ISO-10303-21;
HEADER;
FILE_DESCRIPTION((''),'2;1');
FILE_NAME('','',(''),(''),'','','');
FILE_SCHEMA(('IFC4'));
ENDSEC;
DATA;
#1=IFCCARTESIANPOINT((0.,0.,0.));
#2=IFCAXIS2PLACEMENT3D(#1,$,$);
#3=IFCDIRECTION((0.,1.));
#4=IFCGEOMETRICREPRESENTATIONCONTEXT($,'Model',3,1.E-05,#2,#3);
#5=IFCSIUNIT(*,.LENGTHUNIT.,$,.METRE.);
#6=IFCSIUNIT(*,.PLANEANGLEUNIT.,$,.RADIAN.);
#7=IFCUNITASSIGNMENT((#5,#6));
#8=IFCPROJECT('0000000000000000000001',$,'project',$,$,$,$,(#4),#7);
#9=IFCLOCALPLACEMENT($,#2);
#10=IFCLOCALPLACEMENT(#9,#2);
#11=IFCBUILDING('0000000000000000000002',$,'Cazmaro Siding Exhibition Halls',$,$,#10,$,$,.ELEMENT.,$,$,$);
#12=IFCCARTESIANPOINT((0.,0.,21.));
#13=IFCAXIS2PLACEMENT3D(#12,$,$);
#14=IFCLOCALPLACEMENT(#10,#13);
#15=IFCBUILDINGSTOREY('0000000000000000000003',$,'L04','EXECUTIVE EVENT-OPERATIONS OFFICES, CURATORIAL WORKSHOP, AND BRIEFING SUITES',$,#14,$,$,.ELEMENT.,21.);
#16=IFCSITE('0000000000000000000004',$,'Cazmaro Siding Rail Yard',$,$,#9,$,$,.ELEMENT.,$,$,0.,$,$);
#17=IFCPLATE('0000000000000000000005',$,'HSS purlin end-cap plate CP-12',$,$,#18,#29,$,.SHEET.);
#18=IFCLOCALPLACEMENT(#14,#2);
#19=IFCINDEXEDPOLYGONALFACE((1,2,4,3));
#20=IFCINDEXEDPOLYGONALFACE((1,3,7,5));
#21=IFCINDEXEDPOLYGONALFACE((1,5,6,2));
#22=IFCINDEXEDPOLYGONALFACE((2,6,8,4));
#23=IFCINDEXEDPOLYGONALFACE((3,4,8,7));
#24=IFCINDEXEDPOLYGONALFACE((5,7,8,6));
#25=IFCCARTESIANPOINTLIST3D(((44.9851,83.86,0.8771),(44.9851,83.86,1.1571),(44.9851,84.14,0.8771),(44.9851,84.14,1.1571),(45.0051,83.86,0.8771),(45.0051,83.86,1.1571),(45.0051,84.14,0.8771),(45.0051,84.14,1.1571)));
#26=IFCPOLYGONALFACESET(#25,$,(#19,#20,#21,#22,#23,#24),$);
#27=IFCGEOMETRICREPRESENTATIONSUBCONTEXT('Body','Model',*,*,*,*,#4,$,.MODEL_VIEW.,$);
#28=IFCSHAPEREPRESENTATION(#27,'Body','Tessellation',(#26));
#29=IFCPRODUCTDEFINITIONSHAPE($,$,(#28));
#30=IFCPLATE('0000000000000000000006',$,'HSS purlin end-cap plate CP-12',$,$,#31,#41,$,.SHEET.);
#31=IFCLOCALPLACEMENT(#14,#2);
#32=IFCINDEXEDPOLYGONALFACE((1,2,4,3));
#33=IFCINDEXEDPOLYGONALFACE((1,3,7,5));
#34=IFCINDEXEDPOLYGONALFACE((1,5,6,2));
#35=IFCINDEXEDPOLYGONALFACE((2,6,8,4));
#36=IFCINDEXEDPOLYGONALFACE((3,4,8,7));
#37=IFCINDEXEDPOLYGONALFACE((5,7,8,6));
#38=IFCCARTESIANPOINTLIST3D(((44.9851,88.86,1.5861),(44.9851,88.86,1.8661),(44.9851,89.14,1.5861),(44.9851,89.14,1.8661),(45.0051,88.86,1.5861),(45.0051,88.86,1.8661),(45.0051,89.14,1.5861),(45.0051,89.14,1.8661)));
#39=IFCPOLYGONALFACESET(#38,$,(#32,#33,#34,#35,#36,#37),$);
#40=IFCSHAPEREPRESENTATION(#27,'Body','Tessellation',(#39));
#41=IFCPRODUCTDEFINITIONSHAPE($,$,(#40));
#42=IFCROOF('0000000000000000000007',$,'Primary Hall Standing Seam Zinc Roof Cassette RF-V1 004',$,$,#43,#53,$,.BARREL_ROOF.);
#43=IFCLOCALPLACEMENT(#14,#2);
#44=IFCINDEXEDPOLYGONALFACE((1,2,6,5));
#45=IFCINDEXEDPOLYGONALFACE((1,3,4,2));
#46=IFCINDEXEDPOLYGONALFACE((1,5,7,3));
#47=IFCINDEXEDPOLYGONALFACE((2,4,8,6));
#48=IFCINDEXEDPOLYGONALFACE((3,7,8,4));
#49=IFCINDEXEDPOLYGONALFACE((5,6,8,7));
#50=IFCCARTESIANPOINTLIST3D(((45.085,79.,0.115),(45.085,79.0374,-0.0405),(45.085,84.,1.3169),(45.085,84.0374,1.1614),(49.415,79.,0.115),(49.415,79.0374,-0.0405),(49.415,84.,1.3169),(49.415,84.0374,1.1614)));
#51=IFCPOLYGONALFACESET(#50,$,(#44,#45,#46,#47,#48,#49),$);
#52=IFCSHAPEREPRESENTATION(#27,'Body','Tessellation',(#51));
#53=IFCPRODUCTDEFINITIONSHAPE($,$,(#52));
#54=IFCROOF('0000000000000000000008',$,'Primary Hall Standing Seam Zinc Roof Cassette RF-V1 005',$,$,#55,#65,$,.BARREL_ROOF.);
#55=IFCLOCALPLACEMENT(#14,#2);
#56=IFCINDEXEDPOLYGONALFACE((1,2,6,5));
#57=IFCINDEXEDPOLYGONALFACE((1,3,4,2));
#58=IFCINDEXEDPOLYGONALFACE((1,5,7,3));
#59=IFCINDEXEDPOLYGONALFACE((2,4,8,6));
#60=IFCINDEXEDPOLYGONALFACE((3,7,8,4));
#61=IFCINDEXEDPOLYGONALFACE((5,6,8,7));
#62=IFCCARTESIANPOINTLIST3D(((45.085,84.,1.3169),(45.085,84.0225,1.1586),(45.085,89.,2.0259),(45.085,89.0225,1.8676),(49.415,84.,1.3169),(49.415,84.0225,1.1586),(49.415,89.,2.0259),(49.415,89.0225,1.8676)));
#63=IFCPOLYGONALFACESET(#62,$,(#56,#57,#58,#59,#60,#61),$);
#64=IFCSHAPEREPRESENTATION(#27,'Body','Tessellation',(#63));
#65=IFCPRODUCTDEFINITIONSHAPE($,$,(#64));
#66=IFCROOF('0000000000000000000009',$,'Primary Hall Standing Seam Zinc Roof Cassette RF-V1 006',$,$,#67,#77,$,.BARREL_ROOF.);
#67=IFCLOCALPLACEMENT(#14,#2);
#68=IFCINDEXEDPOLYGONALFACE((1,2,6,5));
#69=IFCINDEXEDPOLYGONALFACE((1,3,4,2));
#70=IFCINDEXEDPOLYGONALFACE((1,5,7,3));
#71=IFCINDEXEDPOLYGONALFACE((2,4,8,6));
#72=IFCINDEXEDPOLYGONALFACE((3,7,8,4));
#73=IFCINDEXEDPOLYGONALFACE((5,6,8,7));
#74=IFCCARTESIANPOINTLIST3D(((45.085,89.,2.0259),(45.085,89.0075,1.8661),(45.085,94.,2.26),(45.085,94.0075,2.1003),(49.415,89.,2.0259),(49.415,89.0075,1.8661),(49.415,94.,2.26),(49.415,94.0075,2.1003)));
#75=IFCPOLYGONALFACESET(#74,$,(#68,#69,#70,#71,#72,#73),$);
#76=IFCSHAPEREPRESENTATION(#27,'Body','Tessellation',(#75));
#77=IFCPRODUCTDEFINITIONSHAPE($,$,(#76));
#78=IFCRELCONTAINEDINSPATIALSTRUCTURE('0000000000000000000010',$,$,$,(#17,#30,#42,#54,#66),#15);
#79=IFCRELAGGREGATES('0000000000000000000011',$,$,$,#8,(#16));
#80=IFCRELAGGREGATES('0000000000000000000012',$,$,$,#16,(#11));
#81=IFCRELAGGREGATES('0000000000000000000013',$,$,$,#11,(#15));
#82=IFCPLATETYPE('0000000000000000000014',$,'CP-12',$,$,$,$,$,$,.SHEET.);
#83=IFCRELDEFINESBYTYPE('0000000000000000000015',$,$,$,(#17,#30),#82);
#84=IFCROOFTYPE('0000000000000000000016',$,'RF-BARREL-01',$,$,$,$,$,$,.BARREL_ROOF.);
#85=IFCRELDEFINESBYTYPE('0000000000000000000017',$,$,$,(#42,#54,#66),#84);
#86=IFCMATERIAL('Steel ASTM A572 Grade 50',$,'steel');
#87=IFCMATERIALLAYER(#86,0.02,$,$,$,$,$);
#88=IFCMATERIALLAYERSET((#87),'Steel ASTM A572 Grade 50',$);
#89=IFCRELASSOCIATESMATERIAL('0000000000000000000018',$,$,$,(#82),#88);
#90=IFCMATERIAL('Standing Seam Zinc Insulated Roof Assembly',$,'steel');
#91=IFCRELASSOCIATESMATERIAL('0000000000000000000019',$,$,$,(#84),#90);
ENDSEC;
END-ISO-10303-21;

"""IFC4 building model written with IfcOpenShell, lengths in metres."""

from ifc_helpers import new_model, si_unit, direction, frame, origin, origin_2d, place, context, subcontext, project, spatial, polyline, rectangle, outline, extrude, material, layer, layer_set, type_object, element, save


model = new_model("IFC4")

# Units and contexts
model_context = context("Model", 3, precision=1e-05, world=origin(), true_north=direction((0.0, 1.0)))
body_context = subcontext(model_context, "Body", "Model", "MODEL_VIEW")
ifc_project = project(units=[si_unit("LENGTHUNIT", "METRE"), si_unit("PLANEANGLEUNIT", "RADIAN")], contexts=[model_context])

# Site, building, storey
site_placement = place(None, origin())
site = spatial("IfcSite", under=ifc_project, at=site_placement, Name="Cazmaro Siding Rail Yard", CompositionType="ELEMENT", RefElevation=0.0)
building_placement = place(site_placement, origin())
building = spatial("IfcBuilding", under=site, at=building_placement, Name="Cazmaro Siding Exhibition Halls", CompositionType="ELEMENT")
storey_placement = place(building_placement, frame((0.0, 0.0, 21.0)))
storey = spatial("IfcBuildingStorey", under=building, at=storey_placement, Name="L04", Description="EXECUTIVE EVENT-OPERATIONS OFFICES, CURATORIAL WORKSHOP, AND BRIEFING SUITES", CompositionType="ELEMENT", Elevation=21.0)

# Plates
ifc_material_1 = material(Name="Steel ASTM A572 Grade 50", Category="steel")
ifc_layer_1 = layer(ifc_material_1, 0.02)
ifc_layer_set_1 = layer_set([ifc_layer_1], Name="Steel ASTM A572 Grade 50")
plate_type_1 = type_object("IfcPlateType", Name="CP-12", PredefinedType="SHEET", material=ifc_layer_set_1)
for number, where, z_axis, x_axis, name in (
    (1, (44.9851, 84.0, 1.0171), (1.0, 0.0, 0.0), (0.0, 1.0, 0.0), "HSS purlin end-cap plate CP-12"),
    (2, (44.9851, 89.0, 1.7261), (1.0, 0.0, 0.0), (0.0, 1.0, 0.0), "HSS purlin end-cap plate CP-12"),
):
    element("IfcPlate", number, at=place(storey_placement, frame(where, z_axis=z_axis, x_axis=x_axis)), inside=storey, type_object=plate_type_1, Name=name, PredefinedType="SHEET", context=body_context, shape_type="SweptSolid", body=[
        extrude(rectangle(XDim=0.28, YDim=0.28, at=origin_2d()), origin(), (0.0, 0.0, 1.0), 0.02),
    ])

# Roofs
ifc_material_2 = material(Name="Standing Seam Zinc Insulated Roof Assembly", Category="steel")
roof_type = type_object("IfcRoofType", Name="RF-BARREL-01", PredefinedType="BARREL_ROOF", material=ifc_material_2)
roof_1_placement = place(storey_placement, frame((45.085, 79.0, 0.115), z_axis=(0.0, -0.233723, 0.972303), x_axis=(1.0, 0.0, 0.0)))
element("IfcRoof", 3, at=roof_1_placement, inside=storey, type_object=roof_type, Name="Primary Hall Standing Seam Zinc Roof Cassette RF-V1 004", PredefinedType="BARREL_ROOF", context=body_context, shape_type="SweptSolid", body=[
    extrude(outline(polyline([(0.0, 0.0), (4.3301, 0.0), (4.3301, 5.1424), (0.0, 5.1424), (0.0, 0.0)])), origin(), (0.0, 0.0, -1.0), 0.1599),
])
roof_2_placement = place(storey_placement, frame((45.085, 84.0, 1.3169), z_axis=(0.0, -0.140393, 0.990096), x_axis=(1.0, 0.0, 0.0)))
element("IfcRoof", 4, at=roof_2_placement, inside=storey, type_object=roof_type, Name="Primary Hall Standing Seam Zinc Roof Cassette RF-V1 005", PredefinedType="BARREL_ROOF", context=body_context, shape_type="SweptSolid", body=[
    extrude(outline(polyline([(0.0, 0.0), (4.3301, 0.0), (4.3301, 5.05), (0.0, 5.05), (0.0, 0.0)])), origin(), (0.0, 0.0, -1.0), 0.1599),
])
roof_3_placement = place(storey_placement, frame((45.085, 89.0, 2.0259), z_axis=(0.0, -0.046775, 0.998905), x_axis=(1.0, 0.0, 0.0)))
element("IfcRoof", 5, at=roof_3_placement, inside=storey, type_object=roof_type, Name="Primary Hall Standing Seam Zinc Roof Cassette RF-V1 006", PredefinedType="BARREL_ROOF", context=body_context, shape_type="SweptSolid", body=[
    extrude(outline(polyline([(0.0, 0.0), (4.3301, 0.0), (4.3301, 5.0055), (0.0, 5.0055), (0.0, 0.0)])), origin(), (0.0, 0.0, -1.0), 0.1599),
])

save(model, "model.ifc")
